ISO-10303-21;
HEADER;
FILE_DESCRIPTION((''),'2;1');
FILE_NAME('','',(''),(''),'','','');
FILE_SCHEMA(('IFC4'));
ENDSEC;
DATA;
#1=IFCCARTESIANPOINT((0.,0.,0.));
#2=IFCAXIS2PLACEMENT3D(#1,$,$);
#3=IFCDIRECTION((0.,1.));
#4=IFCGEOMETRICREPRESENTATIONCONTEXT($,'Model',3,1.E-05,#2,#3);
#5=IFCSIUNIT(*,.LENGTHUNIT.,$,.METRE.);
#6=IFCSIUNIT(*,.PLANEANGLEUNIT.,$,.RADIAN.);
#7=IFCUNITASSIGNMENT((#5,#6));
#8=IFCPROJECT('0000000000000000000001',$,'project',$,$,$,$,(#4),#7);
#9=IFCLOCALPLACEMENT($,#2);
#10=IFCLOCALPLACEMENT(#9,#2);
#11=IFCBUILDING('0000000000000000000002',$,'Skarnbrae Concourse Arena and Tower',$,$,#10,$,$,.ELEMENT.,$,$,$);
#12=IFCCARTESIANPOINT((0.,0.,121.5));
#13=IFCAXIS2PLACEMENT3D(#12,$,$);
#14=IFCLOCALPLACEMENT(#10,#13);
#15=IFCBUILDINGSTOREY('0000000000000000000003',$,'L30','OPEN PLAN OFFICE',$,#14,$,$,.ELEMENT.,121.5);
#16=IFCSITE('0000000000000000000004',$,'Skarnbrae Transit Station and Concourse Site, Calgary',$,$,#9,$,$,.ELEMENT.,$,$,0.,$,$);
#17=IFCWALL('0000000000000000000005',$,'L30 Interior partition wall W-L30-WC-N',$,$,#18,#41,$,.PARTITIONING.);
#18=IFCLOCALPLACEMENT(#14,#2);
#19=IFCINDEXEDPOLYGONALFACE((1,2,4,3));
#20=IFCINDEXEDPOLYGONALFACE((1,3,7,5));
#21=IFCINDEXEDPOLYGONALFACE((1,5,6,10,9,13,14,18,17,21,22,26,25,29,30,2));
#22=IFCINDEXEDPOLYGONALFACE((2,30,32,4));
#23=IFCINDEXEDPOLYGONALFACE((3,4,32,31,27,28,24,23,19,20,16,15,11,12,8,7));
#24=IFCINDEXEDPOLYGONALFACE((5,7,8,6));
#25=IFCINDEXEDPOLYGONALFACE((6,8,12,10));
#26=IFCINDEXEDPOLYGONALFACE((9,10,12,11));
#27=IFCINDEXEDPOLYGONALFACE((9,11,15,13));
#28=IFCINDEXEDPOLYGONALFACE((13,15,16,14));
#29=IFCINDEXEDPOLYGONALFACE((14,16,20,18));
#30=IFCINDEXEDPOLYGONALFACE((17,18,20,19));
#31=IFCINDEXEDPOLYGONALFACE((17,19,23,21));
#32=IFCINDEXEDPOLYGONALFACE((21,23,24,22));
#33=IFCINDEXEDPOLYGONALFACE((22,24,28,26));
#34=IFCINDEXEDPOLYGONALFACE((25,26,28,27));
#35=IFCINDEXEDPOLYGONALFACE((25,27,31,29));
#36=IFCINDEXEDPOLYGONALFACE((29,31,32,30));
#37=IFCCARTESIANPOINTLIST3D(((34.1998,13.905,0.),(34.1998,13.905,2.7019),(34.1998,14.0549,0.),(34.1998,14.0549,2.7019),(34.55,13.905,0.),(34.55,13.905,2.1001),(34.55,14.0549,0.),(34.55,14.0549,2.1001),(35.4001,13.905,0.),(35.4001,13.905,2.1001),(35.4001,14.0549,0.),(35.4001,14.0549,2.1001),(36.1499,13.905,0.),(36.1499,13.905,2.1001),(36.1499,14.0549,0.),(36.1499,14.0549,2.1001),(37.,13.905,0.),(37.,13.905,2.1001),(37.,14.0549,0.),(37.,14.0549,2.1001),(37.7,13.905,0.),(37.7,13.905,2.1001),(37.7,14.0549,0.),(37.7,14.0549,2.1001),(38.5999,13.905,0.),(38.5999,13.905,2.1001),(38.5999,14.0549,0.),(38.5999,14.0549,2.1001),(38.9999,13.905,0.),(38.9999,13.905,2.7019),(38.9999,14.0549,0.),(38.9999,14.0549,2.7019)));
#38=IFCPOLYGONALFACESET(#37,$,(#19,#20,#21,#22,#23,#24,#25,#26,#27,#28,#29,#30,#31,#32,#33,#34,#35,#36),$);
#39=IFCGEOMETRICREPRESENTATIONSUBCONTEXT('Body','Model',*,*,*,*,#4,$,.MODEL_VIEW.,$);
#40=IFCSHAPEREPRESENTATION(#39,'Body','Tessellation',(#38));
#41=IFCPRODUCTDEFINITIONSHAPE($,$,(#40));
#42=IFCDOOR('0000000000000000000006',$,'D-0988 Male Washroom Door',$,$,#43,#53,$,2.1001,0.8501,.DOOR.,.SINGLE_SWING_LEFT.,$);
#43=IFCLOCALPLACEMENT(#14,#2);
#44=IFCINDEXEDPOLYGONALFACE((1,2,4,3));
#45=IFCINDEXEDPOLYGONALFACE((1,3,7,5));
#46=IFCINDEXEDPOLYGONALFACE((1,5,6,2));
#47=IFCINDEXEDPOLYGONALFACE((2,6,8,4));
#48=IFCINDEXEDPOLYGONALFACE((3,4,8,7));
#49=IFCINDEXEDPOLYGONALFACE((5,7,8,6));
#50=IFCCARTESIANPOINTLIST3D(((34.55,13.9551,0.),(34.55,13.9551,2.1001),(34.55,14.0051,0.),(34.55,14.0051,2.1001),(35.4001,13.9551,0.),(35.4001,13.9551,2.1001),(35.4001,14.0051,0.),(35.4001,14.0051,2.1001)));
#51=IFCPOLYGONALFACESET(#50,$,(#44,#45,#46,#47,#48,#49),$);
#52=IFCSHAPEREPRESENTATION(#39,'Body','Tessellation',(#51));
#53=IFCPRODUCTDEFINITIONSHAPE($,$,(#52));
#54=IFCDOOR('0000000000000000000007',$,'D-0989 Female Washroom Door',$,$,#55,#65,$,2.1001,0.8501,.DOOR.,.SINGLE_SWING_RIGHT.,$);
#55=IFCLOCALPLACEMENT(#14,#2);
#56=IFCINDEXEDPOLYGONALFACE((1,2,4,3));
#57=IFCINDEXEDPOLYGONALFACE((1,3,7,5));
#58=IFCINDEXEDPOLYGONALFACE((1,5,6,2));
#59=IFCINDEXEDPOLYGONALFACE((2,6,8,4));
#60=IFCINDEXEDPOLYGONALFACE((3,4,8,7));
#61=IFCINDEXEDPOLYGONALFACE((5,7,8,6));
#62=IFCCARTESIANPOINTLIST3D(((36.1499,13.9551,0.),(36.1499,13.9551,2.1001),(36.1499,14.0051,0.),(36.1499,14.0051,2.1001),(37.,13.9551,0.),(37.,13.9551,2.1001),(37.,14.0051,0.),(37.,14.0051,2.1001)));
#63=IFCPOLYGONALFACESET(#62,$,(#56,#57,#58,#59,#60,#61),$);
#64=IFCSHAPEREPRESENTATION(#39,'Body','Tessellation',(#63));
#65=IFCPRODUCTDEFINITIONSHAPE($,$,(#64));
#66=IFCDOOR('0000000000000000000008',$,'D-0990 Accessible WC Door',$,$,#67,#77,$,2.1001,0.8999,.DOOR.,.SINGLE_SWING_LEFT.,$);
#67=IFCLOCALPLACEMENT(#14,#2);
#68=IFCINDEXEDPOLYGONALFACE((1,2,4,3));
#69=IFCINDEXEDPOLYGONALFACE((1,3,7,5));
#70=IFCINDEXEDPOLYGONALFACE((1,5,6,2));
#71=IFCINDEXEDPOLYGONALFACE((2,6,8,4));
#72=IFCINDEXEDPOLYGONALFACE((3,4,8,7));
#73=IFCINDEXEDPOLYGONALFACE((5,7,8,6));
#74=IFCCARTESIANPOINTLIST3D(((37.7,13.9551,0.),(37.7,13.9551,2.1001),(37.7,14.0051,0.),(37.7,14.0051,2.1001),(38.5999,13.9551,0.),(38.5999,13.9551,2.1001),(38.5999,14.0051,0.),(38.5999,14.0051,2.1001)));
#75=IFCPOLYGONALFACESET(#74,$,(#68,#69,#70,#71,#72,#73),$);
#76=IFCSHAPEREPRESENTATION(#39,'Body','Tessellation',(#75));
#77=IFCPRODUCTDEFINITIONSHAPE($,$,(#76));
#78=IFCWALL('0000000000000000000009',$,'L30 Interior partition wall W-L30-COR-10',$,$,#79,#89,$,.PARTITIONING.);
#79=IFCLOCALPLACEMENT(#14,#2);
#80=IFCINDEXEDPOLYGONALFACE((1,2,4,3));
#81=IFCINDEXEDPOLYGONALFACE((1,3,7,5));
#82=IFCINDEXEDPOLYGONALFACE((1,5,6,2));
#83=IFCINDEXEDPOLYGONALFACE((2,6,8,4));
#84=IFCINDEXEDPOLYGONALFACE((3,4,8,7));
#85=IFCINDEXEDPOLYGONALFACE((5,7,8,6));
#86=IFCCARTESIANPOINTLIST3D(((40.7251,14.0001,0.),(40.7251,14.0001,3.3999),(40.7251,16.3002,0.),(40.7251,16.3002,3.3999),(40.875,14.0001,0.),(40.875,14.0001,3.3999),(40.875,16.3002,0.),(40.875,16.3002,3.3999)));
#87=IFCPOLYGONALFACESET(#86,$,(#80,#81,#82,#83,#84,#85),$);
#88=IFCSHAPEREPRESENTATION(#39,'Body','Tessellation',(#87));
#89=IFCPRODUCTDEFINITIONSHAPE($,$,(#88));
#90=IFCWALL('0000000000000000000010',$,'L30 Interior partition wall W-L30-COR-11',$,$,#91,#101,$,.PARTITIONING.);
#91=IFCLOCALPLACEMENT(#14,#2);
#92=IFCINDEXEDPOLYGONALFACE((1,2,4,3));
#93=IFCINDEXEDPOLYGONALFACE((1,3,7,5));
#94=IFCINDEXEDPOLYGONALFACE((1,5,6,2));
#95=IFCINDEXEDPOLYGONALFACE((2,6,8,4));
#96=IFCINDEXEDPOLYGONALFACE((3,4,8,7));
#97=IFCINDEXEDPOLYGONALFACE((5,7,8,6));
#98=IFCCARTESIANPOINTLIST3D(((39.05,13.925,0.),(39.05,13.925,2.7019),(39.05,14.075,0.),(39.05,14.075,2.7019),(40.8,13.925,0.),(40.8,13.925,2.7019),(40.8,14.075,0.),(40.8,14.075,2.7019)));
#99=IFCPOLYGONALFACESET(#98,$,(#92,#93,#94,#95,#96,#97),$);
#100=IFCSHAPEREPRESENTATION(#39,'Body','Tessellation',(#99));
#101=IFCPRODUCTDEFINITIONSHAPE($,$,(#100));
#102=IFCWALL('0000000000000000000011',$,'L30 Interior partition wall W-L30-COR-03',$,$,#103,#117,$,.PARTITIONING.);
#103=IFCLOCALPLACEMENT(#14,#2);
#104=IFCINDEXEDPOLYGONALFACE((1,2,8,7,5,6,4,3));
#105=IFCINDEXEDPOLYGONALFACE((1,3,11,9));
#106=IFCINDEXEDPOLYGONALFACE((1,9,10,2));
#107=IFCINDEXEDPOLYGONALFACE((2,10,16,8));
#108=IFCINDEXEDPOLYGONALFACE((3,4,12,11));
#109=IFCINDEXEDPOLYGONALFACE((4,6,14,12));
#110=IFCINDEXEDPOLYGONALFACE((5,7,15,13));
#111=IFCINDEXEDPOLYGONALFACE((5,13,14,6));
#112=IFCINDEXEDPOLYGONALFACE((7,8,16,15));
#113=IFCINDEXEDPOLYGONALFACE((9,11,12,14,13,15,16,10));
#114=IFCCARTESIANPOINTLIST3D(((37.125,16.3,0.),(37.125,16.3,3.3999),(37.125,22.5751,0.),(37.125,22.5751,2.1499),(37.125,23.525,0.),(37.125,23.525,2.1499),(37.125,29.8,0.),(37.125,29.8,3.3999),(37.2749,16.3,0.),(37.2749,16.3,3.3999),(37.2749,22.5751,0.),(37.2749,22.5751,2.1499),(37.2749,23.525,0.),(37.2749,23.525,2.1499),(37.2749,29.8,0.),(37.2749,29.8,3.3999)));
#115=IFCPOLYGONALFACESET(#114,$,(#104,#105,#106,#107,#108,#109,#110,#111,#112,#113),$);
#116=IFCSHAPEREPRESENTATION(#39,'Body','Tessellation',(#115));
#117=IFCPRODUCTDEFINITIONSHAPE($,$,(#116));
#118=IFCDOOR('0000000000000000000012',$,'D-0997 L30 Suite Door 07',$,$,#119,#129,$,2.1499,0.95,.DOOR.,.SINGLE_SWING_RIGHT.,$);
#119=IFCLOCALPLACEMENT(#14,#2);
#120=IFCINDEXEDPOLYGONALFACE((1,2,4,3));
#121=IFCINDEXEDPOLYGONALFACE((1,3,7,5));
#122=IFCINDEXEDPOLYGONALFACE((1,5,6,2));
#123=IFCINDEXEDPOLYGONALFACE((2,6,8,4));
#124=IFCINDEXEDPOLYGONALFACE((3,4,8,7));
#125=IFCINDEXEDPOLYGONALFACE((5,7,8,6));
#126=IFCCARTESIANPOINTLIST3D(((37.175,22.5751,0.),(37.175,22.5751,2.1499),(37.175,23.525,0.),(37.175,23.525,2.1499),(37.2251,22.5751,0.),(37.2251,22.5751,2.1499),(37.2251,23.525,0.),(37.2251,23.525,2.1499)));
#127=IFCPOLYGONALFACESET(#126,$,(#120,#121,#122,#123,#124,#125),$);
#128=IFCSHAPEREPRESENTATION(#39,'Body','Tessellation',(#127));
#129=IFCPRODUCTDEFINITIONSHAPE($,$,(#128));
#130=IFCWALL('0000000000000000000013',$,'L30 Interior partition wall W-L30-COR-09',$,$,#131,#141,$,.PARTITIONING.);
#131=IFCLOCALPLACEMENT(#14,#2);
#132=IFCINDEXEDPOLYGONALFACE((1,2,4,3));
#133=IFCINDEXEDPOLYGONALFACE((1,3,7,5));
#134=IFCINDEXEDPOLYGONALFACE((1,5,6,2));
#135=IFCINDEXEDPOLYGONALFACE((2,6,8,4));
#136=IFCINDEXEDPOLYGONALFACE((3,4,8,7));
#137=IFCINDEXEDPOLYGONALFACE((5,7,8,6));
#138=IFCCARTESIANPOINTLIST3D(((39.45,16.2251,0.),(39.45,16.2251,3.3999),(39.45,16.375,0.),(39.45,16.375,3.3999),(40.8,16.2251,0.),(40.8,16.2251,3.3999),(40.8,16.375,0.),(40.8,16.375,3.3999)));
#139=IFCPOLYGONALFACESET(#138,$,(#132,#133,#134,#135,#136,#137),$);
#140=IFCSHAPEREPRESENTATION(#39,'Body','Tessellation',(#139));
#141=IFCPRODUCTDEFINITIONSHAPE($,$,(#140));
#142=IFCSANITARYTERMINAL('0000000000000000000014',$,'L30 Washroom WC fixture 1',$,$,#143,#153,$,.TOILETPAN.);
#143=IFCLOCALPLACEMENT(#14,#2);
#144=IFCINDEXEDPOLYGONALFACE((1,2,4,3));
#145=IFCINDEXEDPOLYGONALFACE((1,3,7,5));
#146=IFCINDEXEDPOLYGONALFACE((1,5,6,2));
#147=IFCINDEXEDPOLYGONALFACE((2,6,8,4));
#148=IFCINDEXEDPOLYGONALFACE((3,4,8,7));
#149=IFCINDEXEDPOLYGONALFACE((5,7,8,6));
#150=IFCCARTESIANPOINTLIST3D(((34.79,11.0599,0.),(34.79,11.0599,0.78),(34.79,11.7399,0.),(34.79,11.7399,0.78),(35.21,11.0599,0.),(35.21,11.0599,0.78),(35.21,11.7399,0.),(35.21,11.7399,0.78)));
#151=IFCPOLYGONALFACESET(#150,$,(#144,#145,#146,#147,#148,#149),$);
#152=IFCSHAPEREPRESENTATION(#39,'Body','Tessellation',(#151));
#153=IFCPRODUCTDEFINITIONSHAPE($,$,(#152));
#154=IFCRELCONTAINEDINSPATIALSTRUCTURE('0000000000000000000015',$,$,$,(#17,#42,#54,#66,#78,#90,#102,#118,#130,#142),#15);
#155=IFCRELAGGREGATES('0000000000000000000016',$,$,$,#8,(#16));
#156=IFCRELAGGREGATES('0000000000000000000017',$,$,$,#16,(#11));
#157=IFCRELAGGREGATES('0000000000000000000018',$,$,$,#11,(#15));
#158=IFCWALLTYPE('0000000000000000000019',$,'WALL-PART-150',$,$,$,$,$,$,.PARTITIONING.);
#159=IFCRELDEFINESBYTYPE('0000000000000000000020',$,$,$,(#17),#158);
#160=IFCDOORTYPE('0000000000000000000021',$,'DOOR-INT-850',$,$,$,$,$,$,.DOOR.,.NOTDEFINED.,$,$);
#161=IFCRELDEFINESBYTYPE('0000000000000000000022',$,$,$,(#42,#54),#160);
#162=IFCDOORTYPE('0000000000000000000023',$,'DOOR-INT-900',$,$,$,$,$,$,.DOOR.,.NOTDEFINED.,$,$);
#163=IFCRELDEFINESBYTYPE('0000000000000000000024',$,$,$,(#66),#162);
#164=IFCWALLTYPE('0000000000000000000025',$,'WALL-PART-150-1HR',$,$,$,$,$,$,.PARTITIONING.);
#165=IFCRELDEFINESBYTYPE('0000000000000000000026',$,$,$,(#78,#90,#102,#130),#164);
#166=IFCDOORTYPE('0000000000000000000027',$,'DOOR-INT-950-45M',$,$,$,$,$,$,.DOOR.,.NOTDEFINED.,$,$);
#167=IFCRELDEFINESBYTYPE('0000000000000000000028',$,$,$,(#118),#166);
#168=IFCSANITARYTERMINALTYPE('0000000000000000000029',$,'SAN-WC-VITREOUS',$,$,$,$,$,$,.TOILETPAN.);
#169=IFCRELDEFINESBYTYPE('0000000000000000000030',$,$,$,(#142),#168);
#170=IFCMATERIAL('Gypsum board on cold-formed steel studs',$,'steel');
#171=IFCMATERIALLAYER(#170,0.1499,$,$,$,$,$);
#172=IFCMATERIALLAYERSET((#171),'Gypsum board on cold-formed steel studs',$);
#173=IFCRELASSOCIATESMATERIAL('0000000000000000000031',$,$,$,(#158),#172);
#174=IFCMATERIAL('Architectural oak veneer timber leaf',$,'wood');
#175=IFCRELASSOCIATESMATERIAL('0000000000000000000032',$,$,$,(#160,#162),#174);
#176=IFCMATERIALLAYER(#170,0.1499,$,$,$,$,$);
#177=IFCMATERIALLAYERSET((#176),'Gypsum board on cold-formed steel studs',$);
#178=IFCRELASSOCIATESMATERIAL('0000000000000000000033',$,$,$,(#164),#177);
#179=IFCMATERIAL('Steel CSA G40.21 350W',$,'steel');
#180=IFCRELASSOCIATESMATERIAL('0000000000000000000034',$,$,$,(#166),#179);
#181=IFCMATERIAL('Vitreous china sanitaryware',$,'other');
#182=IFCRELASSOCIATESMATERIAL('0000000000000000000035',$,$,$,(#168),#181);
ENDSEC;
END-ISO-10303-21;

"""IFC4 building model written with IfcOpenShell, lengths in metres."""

from ifc_helpers import new_model, si_unit, direction, frame, frame_2d, origin, origin_2d, place, context, subcontext, project, spatial, rectangle, extrude, source, transform, mapped, material, layer, layer_set, type_object, element, fill, save


model = new_model("IFC4")

# Units and contexts
model_context = context("Model", 3, precision=1e-05, world=origin(), true_north=direction((0.0, 1.0)))
body_context = subcontext(model_context, "Body", "Model", "MODEL_VIEW")
ifc_project = project(units=[si_unit("LENGTHUNIT", "METRE"), si_unit("PLANEANGLEUNIT", "RADIAN")], contexts=[model_context])

# Site, building, storey
site_placement = place(None, origin())
site = spatial("IfcSite", under=ifc_project, at=site_placement, Name="Skarnbrae Transit Station and Concourse Site, Calgary", CompositionType="ELEMENT", RefElevation=0.0)
building_placement = place(site_placement, origin())
building = spatial("IfcBuilding", under=site, at=building_placement, Name="Skarnbrae Concourse Arena and Tower", CompositionType="ELEMENT")
storey_placement = place(building_placement, frame((0.0, 0.0, 121.5)))
storey = spatial("IfcBuildingStorey", under=building, at=storey_placement, Name="L30", Description="OPEN PLAN OFFICE", CompositionType="ELEMENT", Elevation=121.5)

# Shared definitions
ifc_material_1 = material(Name="Steel CSA G40.21 350W", Category="steel")

# Wall, openings, doors
ifc_material_2 = material(Name="Gypsum board on cold-formed steel studs", Category="steel")
ifc_layer_1 = layer(ifc_material_2, 0.1499)
ifc_layer_set_1 = layer_set([ifc_layer_1], Name="Gypsum board on cold-formed steel studs")
wall_type_1 = type_object("IfcWallType", Name="WALL-PART-150", PredefinedType="PARTITIONING", material=ifc_layer_set_1)
shared_shape_1 = source(origin(), body_context, "Body", "SweptSolid", [
    extrude(rectangle(XDim=4.8, YDim=0.1499, at=frame_2d((2.3999, 0.0))), origin(), (0.0, 0.0, 1.0), 2.7019),
])
wall_1_placement = place(storey_placement, frame((34.2, 13.98, 0.0), z_axis=(0.0, 0.0, 1.0), x_axis=(1.0, 0.0, 0.0)))
wall_1 = element("IfcWall", 1, at=wall_1_placement, inside=storey, type_object=wall_type_1, Name="L30 Interior partition wall W-L30-WC-N", PredefinedType="PARTITIONING", context=body_context, shape_type="MappedRepresentation", body=[
    mapped(shared_shape_1, transform((0.0, 0.0, 0.0))),
])
opening_1_placement = place(wall_1_placement, frame((0.3501, 0.0, 0.0)))
opening_1 = element("IfcOpeningElement", 2, at=opening_1_placement, cuts=wall_1, PredefinedType="OPENING", context=body_context, shape_type="SweptSolid", body=[
    extrude(rectangle(XDim=0.8501, YDim=2.1001, at=frame_2d((0.425, 1.05))), frame((0.0, 0.085, 0.0), z_axis=(0.0, -1.0, 0.0), x_axis=(1.0, 0.0, 0.0)), (0.0, 0.0, 1.0), 0.1699),
])
opening_2_placement = place(wall_1_placement, frame((1.95, 0.0, 0.0)))
opening_2 = element("IfcOpeningElement", 3, at=opening_2_placement, cuts=wall_1, PredefinedType="OPENING", context=body_context, shape_type="SweptSolid", body=[
    extrude(rectangle(XDim=0.8501, YDim=2.1001, at=frame_2d((0.425, 1.05))), frame((0.0, 0.085, 0.0), z_axis=(0.0, -1.0, 0.0), x_axis=(1.0, 0.0, 0.0)), (0.0, 0.0, 1.0), 0.1699),
])
opening_3_placement = place(wall_1_placement, frame((3.5, 0.0, 0.0)))
opening_3 = element("IfcOpeningElement", 4, at=opening_3_placement, cuts=wall_1, PredefinedType="OPENING", context=body_context, shape_type="SweptSolid", body=[
    extrude(rectangle(XDim=0.8999, YDim=2.1001, at=frame_2d((0.45, 1.05))), frame((0.0, 0.085, 0.0), z_axis=(0.0, -1.0, 0.0), x_axis=(1.0, 0.0, 0.0)), (0.0, 0.0, 1.0), 0.1699),
])
ifc_material_3 = material(Name="Architectural oak veneer timber leaf", Category="wood")
door_type_1 = type_object("IfcDoorType", Name="DOOR-INT-850", OperationType="NOTDEFINED", PredefinedType="DOOR", material=ifc_material_3)
shared_shape_2 = source(origin(), body_context, "Body", "SweptSolid", [
    extrude(rectangle(XDim=0.8501, YDim=2.1001, at=frame_2d((0.425, 1.05))), frame((0.0, 0.0249, 0.0), z_axis=(0.0, -1.0, 0.0), x_axis=(1.0, 0.0, 0.0)), (0.0, 0.0, 1.0), 0.05),
])
door_1_placement = place(opening_1_placement, frame((0.8501, 0.0, 0.0), z_axis=(0.0, 0.0, 1.0), x_axis=(-1.0, 0.0, 0.0)))
door_1 = element("IfcDoor", 5, at=door_1_placement, inside=storey, type_object=door_type_1, Name="D-0988 Male Washroom Door", OperationType="SINGLE_SWING_LEFT", OverallHeight=2.1001, OverallWidth=0.8501, PredefinedType="DOOR", context=body_context, shape_type="MappedRepresentation", body=[
    mapped(shared_shape_2, transform((0.0, 0.0, 0.0))),
])
fill(opening_1, door_1)
door_2_placement = place(opening_2_placement, frame((0.8501, 0.0, 0.0), z_axis=(0.0, 0.0, 1.0), x_axis=(-1.0, 0.0, 0.0)))
door_2 = element("IfcDoor", 6, at=door_2_placement, inside=storey, type_object=door_type_1, Name="D-0989 Female Washroom Door", OperationType="SINGLE_SWING_RIGHT", OverallHeight=2.1001, OverallWidth=0.8501, PredefinedType="DOOR", context=body_context, shape_type="MappedRepresentation", body=[
    mapped(shared_shape_2, transform((0.0, 0.0, 0.0))),
])
fill(opening_2, door_2)
door_type_2 = type_object("IfcDoorType", Name="DOOR-INT-900", OperationType="NOTDEFINED", PredefinedType="DOOR", material=ifc_material_3)
shared_shape_3 = source(origin(), body_context, "Body", "SweptSolid", [
    extrude(rectangle(XDim=0.8999, YDim=2.1001, at=frame_2d((0.45, 1.05))), frame((0.0, 0.0249, 0.0), z_axis=(0.0, -1.0, 0.0), x_axis=(1.0, 0.0, 0.0)), (0.0, 0.0, 1.0), 0.05),
])
door_3_placement = place(opening_3_placement, frame((0.8999, 0.0, 0.0), z_axis=(0.0, 0.0, 1.0), x_axis=(-1.0, 0.0, 0.0)))
door_3 = element("IfcDoor", 7, at=door_3_placement, inside=storey, type_object=door_type_2, Name="D-0990 Accessible WC Door", OperationType="SINGLE_SWING_LEFT", OverallHeight=2.1001, OverallWidth=0.8999, PredefinedType="DOOR", context=body_context, shape_type="MappedRepresentation", body=[
    mapped(shared_shape_3, transform((0.0, 0.0, 0.0))),
])
fill(opening_3, door_3)

# Walls
ifc_layer_2 = layer(ifc_material_2, 0.1499)
ifc_layer_set_2 = layer_set([ifc_layer_2], Name="Gypsum board on cold-formed steel studs")
wall_type_2 = type_object("IfcWallType", Name="WALL-PART-150-1HR", PredefinedType="PARTITIONING", material=ifc_layer_set_2)
shared_shape_4 = source(origin(), body_context, "Body", "SweptSolid", [
    extrude(rectangle(XDim=2.3, YDim=0.1499, at=frame_2d((1.1499, 0.0))), origin(), (0.0, 0.0, 1.0), 3.3999),
])
wall_2_placement = place(storey_placement, frame((40.8, 16.3, 0.0), z_axis=(0.0, 0.0, 1.0), x_axis=(0.0, -1.0, 0.0)))
element("IfcWall", 8, at=wall_2_placement, inside=storey, type_object=wall_type_2, Name="L30 Interior partition wall W-L30-COR-10", PredefinedType="PARTITIONING", context=body_context, shape_type="MappedRepresentation", body=[
    mapped(shared_shape_4, transform((0.0, 0.0, 0.0))),
])
shared_shape_5 = source(origin(), body_context, "Body", "SweptSolid", [
    extrude(rectangle(XDim=1.75, YDim=0.1499, at=frame_2d((0.875, 0.0))), origin(), (0.0, 0.0, 1.0), 2.7019),
])
wall_3_placement = place(storey_placement, frame((40.8, 14.0, 0.0), z_axis=(0.0, 0.0, 1.0), x_axis=(-1.0, 0.0, 0.0)))
element("IfcWall", 9, at=wall_3_placement, inside=storey, type_object=wall_type_2, Name="L30 Interior partition wall W-L30-COR-11", PredefinedType="PARTITIONING", context=body_context, shape_type="MappedRepresentation", body=[
    mapped(shared_shape_5, transform((0.0, 0.0, 0.0))),
])

# Wall, opening, door
shared_shape_6 = source(origin(), body_context, "Body", "SweptSolid", [
    extrude(rectangle(XDim=13.5, YDim=0.1499, at=frame_2d((6.75, 0.0))), origin(), (0.0, 0.0, 1.0), 3.3999),
])
wall_4_placement = place(storey_placement, frame((37.2, 16.3, 0.0), z_axis=(0.0, 0.0, 1.0), x_axis=(0.0, 1.0, 0.0)))
wall_4 = element("IfcWall", 10, at=wall_4_placement, inside=storey, type_object=wall_type_2, Name="L30 Interior partition wall W-L30-COR-03", PredefinedType="PARTITIONING", context=body_context, shape_type="MappedRepresentation", body=[
    mapped(shared_shape_6, transform((0.0, 0.0, 0.0))),
])
opening_4_placement = place(wall_4_placement, frame((6.2749, 0.0, 0.0)))
opening_4 = element("IfcOpeningElement", 11, at=opening_4_placement, cuts=wall_4, PredefinedType="OPENING", context=body_context, shape_type="SweptSolid", body=[
    extrude(rectangle(XDim=0.95, YDim=2.1499, at=frame_2d((0.4751, 1.075))), frame((0.0, 0.085, 0.0), z_axis=(0.0, -1.0, 0.0), x_axis=(1.0, 0.0, 0.0)), (0.0, 0.0, 1.0), 0.1699),
])
door_type_3 = type_object("IfcDoorType", Name="DOOR-INT-950-45M", OperationType="NOTDEFINED", PredefinedType="DOOR", material=ifc_material_1)
shared_shape_7 = source(origin(), body_context, "Body", "SweptSolid", [
    extrude(rectangle(XDim=0.95, YDim=2.1499, at=frame_2d((0.4751, 1.075))), frame((0.0, 0.0249, 0.0), z_axis=(0.0, -1.0, 0.0), x_axis=(1.0, 0.0, 0.0)), (0.0, 0.0, 1.0), 0.05),
])
door_4_placement = place(opening_4_placement, origin())
door_4 = element("IfcDoor", 12, at=door_4_placement, inside=storey, type_object=door_type_3, Name="D-0997 L30 Suite Door 07", OperationType="SINGLE_SWING_RIGHT", OverallHeight=2.1499, OverallWidth=0.95, PredefinedType="DOOR", context=body_context, shape_type="MappedRepresentation", body=[
    mapped(shared_shape_7, transform((0.0, 0.0, 0.0))),
])
fill(opening_4, door_4)

# Wall
shared_shape_8 = source(origin(), body_context, "Body", "SweptSolid", [
    extrude(rectangle(XDim=1.3501, YDim=0.1499, at=frame_2d((0.675, 0.0))), origin(), (0.0, 0.0, 1.0), 3.3999),
])
wall_5_placement = place(storey_placement, frame((39.45, 16.3, 0.0), z_axis=(0.0, 0.0, 1.0), x_axis=(1.0, 0.0, 0.0)))
element("IfcWall", 13, at=wall_5_placement, inside=storey, type_object=wall_type_2, Name="L30 Interior partition wall W-L30-COR-09", PredefinedType="PARTITIONING", context=body_context, shape_type="MappedRepresentation", body=[
    mapped(shared_shape_8, transform((0.0, 0.0, 0.0))),
])

# Sanitary terminal
ifc_material_4 = material(Name="Vitreous china sanitaryware", Category="other")
sanitary_terminal_type = type_object("IfcSanitaryTerminalType", Name="SAN-WC-VITREOUS", PredefinedType="TOILETPAN", material=ifc_material_4)
shared_shape_9 = source(origin(), body_context, "Body", "SweptSolid", [
    extrude(rectangle(XDim=0.4199, YDim=0.6799, at=origin_2d()), origin(), (0.0, 0.0, 1.0), 0.78),
])
for number, where, z_axis, x_axis, name in (
    (14, (35.0, 11.3999, 0.0), (0.0, 0.0, 1.0), (1.0, 0.0, 0.0), "L30 Washroom WC fixture 1"),
):
    element("IfcSanitaryTerminal", number, at=place(storey_placement, frame(where, z_axis=z_axis, x_axis=x_axis)), inside=storey, type_object=sanitary_terminal_type, Name=name, PredefinedType="TOILETPAN", context=body_context, shape_type="MappedRepresentation", body=[
        mapped(shared_shape_9, transform((0.0, 0.0, 0.0))),
    ])

save(model, "model.ifc")
